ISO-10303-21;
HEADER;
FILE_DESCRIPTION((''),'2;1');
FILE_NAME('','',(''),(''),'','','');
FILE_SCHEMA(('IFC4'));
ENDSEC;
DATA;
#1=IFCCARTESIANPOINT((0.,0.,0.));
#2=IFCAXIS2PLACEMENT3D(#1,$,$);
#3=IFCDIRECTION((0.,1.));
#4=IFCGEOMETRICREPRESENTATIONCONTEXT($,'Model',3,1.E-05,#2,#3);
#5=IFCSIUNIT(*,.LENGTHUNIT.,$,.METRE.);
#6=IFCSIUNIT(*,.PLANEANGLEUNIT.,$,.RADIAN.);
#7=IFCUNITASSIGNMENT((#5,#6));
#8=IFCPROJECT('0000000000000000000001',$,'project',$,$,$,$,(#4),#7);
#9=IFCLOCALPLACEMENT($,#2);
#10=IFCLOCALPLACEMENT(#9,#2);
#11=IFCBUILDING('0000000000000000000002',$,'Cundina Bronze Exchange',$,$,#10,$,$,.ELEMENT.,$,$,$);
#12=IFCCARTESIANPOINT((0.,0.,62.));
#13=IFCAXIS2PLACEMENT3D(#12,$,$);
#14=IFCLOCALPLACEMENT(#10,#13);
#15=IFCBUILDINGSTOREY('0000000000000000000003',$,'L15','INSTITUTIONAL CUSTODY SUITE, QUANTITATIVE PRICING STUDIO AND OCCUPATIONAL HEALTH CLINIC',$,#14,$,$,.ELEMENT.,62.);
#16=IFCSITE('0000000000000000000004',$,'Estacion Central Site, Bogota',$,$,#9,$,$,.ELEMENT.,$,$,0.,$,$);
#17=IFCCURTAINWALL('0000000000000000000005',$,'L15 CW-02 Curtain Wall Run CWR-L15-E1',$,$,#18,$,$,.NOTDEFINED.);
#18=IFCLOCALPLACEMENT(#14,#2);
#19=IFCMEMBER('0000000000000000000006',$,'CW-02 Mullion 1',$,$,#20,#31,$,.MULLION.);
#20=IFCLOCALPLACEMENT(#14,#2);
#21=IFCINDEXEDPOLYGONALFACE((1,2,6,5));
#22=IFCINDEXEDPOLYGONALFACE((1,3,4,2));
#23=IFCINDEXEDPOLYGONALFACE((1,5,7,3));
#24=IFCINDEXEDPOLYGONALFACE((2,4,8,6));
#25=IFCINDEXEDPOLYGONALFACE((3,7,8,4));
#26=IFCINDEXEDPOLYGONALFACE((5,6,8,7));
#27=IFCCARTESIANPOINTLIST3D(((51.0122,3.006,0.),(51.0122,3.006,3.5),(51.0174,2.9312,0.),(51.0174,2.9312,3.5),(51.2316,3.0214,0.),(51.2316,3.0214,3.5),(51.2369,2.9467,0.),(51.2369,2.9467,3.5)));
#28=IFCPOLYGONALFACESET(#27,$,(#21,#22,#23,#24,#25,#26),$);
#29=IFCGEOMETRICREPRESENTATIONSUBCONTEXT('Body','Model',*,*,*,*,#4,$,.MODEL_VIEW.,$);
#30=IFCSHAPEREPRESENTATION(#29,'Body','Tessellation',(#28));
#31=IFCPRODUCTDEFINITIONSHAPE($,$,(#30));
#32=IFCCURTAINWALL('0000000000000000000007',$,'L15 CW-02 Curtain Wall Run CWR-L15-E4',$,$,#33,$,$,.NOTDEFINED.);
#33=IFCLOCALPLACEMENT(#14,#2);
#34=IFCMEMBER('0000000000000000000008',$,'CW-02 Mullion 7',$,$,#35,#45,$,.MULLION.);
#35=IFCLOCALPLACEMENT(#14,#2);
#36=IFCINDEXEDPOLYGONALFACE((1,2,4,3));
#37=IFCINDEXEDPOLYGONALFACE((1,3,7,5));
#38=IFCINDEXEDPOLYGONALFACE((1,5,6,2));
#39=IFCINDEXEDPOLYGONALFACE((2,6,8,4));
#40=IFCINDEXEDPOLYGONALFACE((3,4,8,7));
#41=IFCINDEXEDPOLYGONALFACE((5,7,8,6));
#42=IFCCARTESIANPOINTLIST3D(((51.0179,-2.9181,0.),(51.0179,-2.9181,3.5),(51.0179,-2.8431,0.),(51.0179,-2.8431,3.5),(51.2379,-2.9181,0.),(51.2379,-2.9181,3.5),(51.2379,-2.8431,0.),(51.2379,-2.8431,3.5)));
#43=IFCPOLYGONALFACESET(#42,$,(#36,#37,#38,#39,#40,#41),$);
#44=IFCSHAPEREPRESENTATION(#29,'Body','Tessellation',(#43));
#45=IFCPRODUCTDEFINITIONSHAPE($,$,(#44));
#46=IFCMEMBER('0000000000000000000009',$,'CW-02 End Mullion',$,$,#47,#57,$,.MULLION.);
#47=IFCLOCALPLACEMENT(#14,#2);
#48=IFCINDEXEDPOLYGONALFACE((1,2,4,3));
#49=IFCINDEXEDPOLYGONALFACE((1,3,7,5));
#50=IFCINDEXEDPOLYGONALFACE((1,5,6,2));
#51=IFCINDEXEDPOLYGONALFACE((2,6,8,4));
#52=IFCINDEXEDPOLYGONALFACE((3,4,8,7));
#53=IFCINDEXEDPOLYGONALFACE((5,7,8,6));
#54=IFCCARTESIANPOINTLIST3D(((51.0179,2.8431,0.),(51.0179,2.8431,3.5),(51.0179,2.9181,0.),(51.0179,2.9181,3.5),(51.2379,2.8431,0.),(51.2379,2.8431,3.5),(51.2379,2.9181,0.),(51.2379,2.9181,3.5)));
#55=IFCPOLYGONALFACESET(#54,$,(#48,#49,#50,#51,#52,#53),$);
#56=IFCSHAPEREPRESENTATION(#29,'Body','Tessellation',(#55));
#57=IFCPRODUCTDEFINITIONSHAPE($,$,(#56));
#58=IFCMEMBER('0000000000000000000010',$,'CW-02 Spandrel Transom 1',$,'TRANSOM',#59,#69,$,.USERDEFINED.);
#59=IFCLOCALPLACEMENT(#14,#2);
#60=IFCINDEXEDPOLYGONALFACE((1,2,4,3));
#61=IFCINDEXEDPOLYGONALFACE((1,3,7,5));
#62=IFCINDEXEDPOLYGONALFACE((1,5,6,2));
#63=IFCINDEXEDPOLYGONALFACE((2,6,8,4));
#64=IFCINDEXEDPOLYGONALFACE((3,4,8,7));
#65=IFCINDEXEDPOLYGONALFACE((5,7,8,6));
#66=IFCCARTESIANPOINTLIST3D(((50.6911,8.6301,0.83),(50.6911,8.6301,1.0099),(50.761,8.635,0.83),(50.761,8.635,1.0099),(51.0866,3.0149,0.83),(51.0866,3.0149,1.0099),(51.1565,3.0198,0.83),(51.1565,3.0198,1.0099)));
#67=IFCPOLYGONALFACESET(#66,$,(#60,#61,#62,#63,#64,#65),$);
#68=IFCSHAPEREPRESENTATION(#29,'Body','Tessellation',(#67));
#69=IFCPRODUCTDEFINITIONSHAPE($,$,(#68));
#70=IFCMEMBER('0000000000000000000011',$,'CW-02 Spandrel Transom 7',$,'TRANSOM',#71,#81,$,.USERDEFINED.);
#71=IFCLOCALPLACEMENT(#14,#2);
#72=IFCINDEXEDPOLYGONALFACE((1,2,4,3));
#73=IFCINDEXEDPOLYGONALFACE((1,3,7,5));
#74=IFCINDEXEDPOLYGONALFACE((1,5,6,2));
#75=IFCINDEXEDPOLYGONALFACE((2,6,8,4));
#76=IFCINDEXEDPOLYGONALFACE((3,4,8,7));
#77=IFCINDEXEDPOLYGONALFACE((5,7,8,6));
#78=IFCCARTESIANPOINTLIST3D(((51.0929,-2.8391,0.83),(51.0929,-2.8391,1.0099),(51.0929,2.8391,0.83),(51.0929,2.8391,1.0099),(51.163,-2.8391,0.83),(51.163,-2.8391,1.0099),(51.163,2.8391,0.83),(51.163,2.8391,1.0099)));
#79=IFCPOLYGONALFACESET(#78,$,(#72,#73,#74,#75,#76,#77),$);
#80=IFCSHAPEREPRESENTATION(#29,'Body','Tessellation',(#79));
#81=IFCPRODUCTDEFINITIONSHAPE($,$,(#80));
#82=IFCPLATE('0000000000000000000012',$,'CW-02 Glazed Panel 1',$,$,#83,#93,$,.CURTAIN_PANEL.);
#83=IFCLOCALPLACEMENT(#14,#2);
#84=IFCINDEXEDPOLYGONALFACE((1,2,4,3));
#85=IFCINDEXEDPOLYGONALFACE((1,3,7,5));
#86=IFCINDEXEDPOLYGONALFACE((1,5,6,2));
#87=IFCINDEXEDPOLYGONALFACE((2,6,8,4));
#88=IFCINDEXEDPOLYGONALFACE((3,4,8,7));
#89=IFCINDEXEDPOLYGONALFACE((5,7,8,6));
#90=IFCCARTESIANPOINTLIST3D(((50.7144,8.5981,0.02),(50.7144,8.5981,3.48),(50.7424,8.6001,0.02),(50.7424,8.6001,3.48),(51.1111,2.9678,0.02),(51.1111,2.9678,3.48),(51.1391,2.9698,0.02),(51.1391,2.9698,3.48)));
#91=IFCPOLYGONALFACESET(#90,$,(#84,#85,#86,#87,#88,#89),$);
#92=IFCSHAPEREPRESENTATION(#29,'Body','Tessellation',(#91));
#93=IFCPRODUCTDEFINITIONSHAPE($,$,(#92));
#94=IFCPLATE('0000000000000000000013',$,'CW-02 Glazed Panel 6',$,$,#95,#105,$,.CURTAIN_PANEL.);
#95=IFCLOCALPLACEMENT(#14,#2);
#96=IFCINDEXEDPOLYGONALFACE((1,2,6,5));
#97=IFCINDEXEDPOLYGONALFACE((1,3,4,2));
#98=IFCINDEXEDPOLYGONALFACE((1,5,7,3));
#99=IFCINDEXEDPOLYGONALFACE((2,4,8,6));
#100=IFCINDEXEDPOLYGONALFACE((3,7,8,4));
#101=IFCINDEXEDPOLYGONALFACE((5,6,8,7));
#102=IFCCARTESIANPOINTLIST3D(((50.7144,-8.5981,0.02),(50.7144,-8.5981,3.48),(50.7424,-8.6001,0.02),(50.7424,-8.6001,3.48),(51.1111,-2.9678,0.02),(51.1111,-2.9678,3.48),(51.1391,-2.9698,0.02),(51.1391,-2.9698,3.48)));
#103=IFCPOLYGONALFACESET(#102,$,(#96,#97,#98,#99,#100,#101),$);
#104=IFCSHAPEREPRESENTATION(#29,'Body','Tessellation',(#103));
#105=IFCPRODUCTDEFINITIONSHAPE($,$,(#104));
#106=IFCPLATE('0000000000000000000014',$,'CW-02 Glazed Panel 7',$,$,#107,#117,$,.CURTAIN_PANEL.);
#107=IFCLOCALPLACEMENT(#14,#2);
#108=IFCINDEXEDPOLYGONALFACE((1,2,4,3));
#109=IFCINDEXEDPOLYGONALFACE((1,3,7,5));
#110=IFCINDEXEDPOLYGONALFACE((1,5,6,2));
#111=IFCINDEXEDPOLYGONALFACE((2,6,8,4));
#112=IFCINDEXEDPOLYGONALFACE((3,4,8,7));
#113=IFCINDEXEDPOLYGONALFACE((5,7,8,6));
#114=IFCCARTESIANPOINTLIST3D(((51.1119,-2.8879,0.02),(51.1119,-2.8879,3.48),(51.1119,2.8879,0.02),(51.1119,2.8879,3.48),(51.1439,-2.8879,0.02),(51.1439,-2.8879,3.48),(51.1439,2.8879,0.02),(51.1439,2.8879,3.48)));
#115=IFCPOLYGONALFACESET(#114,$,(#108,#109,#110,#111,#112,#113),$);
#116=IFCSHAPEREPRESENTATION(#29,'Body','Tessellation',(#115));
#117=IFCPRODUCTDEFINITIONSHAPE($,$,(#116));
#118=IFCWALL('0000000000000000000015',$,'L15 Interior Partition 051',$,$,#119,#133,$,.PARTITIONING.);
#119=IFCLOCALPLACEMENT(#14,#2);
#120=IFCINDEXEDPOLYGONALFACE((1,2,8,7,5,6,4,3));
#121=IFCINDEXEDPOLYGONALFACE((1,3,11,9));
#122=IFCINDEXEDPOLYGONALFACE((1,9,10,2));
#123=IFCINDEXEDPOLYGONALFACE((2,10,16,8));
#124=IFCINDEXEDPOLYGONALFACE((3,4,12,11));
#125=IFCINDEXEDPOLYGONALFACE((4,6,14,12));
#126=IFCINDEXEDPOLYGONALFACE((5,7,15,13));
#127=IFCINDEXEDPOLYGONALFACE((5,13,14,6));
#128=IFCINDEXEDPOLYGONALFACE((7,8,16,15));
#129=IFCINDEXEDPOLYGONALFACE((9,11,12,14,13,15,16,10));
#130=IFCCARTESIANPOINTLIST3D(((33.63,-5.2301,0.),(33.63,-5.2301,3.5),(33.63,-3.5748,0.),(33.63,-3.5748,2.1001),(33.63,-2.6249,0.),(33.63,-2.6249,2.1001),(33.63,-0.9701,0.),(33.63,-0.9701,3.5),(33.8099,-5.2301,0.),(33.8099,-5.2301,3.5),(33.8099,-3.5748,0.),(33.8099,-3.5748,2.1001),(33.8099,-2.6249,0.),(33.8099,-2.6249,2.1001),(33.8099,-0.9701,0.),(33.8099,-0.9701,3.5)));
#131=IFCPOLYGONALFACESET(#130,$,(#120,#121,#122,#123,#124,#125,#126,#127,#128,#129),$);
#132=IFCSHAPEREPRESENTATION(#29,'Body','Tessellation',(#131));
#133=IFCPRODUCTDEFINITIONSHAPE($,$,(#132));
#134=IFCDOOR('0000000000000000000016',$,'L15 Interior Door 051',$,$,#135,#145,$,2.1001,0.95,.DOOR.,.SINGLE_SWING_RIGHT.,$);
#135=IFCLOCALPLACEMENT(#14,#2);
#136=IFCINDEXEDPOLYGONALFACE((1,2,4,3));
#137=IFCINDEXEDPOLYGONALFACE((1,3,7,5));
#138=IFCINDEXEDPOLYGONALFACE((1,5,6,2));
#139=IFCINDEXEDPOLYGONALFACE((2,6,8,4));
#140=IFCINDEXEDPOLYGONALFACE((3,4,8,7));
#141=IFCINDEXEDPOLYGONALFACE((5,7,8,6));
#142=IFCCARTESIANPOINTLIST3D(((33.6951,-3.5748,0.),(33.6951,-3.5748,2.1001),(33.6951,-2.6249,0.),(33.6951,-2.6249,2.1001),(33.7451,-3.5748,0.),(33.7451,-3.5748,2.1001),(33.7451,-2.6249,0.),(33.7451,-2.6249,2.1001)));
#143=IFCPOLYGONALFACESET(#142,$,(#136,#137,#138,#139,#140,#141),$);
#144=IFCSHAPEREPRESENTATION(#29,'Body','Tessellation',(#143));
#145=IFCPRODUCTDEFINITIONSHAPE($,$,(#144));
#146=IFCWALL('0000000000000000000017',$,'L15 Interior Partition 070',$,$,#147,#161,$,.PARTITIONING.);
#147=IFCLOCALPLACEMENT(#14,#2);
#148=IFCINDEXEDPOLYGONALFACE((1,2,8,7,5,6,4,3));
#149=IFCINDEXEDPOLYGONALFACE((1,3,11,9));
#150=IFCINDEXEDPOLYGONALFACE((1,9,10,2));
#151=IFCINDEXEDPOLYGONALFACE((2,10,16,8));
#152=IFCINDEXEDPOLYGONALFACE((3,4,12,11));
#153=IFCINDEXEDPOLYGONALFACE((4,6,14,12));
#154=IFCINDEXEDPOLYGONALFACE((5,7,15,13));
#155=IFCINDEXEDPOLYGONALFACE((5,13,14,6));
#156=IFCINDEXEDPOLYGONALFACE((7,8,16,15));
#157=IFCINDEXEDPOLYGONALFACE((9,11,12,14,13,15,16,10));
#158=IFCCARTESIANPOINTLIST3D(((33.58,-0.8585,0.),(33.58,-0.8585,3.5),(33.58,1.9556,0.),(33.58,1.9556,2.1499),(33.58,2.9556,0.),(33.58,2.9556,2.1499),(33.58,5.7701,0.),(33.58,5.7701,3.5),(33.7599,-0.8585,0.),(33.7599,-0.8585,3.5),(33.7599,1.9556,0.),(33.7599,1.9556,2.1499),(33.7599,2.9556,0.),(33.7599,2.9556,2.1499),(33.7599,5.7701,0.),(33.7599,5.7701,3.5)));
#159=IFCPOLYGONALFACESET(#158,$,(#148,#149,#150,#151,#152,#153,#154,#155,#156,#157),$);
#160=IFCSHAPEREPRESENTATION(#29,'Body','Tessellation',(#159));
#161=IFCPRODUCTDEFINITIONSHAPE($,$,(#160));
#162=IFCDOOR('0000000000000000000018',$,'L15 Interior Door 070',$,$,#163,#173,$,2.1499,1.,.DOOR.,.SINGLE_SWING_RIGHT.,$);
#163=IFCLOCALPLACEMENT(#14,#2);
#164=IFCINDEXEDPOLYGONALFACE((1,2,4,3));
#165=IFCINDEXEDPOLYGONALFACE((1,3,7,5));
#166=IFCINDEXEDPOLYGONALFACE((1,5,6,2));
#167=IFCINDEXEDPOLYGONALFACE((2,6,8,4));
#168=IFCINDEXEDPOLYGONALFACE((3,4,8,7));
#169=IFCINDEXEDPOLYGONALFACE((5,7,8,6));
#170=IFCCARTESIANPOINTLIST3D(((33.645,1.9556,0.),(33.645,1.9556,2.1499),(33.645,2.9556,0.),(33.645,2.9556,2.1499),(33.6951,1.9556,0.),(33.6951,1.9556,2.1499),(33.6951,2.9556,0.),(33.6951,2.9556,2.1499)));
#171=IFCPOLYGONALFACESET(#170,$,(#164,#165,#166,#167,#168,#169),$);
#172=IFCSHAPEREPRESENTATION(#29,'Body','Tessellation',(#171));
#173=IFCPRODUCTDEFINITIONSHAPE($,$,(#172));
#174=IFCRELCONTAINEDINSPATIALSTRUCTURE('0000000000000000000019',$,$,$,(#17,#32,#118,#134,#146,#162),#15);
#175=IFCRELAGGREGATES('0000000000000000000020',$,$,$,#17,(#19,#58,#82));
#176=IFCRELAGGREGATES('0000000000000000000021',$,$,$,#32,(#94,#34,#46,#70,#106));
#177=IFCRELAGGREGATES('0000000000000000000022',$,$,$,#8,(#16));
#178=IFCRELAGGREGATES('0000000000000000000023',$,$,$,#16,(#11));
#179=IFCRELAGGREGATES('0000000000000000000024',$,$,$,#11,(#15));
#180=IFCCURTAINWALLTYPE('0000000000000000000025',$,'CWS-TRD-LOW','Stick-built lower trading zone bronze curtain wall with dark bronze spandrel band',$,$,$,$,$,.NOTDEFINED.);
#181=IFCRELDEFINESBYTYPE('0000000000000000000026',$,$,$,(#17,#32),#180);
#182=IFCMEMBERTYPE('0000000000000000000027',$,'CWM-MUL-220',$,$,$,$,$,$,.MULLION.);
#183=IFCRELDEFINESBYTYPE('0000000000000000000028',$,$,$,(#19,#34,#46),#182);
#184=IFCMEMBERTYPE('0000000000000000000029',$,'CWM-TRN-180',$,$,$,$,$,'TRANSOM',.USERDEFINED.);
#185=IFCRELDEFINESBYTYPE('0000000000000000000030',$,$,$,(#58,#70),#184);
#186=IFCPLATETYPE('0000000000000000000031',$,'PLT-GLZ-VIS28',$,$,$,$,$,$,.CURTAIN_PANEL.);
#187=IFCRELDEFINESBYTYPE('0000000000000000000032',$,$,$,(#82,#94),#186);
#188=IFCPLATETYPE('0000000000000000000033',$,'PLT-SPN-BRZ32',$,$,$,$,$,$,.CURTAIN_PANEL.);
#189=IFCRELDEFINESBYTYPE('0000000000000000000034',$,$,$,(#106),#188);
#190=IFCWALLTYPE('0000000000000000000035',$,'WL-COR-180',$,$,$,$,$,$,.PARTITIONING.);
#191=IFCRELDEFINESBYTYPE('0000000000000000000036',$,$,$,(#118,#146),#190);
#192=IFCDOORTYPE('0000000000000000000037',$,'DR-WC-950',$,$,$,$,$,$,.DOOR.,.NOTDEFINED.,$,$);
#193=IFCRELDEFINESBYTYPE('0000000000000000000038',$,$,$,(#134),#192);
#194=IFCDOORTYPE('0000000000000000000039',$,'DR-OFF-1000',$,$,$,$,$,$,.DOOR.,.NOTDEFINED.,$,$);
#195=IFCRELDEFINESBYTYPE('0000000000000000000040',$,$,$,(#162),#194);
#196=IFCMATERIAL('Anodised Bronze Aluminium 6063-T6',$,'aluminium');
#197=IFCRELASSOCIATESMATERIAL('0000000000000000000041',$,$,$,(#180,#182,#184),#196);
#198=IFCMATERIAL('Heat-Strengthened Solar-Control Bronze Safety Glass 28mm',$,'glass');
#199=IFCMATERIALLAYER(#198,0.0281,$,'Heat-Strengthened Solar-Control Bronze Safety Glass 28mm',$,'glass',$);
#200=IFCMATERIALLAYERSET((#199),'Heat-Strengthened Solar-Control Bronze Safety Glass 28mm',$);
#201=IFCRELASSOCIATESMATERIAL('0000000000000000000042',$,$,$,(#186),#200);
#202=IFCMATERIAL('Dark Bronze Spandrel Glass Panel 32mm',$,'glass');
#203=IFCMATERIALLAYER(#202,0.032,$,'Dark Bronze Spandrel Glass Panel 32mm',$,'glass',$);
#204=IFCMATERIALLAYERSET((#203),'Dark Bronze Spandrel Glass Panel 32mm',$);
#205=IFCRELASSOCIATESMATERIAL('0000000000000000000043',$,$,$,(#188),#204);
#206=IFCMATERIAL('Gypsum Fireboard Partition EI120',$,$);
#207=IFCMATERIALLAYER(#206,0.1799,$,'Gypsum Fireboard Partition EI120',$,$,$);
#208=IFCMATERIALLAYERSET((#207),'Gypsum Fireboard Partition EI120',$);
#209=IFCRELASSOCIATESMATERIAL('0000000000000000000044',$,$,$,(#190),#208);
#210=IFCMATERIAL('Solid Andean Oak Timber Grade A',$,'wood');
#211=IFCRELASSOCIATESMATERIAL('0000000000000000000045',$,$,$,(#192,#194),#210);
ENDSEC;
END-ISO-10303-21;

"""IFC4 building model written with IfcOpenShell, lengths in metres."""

from ifc_helpers import new_model, si_unit, direction, frame, frame_2d, origin, origin_2d, place, context, subcontext, project, spatial, rectangle, extrude, material, layer, layer_set, material_profile, profile_set, type_object, element, fill, aggregate, save


model = new_model("IFC4")

# Units and contexts
model_context = context("Model", 3, precision=1e-05, world=origin(), true_north=direction((0.0, 1.0)))
body_context = subcontext(model_context, "Body", "Model", "MODEL_VIEW")
ifc_project = project(units=[si_unit("LENGTHUNIT", "METRE"), si_unit("PLANEANGLEUNIT", "RADIAN")], contexts=[model_context])

# Site, building, storey
site_placement = place(None, origin())
site = spatial("IfcSite", under=ifc_project, at=site_placement, Name="Estacion Central Site, Bogota", CompositionType="ELEMENT", RefElevation=0.0)
building_placement = place(site_placement, origin())
building = spatial("IfcBuilding", under=site, at=building_placement, Name="Cundina Bronze Exchange", CompositionType="ELEMENT")
storey_placement = place(building_placement, frame((0.0, 0.0, 62.0)))
storey = spatial("IfcBuildingStorey", under=building, at=storey_placement, Name="L15", Description="INSTITUTIONAL CUSTODY SUITE, QUANTITATIVE PRICING STUDIO AND OCCUPATIONAL HEALTH CLINIC", CompositionType="ELEMENT", Elevation=62.0)

# Curtain wall, member
ifc_material_1 = material(Name="Anodised Bronze Aluminium 6063-T6", Category="aluminium")
curtain_wall_type = type_object("IfcCurtainWallType", Name="CWS-TRD-LOW", Description="Stick-built lower trading zone bronze curtain wall with dark bronze spandrel band", PredefinedType="NOTDEFINED", material=ifc_material_1)
curtain_wall_1_placement = place(storey_placement, origin())
curtain_wall_1 = element("IfcCurtainWall", 1, at=curtain_wall_1_placement, inside=storey, type_object=curtain_wall_type, Name="L15 CW-02 Curtain Wall Run CWR-L15-E1", PredefinedType="NOTDEFINED")
ifc_material_profile_1 = material_profile(ifc_material_1, rectangle(XDim=0.075, YDim=0.22, at=origin_2d()), Name="AL75X220", Category="aluminium")
ifc_profile_set_1 = profile_set([ifc_material_profile_1], Name="Anodised Bronze Aluminium 6063-T6")
member_type_1 = type_object("IfcMemberType", Name="CWM-MUL-220", PredefinedType="MULLION", material=ifc_profile_set_1)
member_1_placement = place(storey_placement, frame((51.1245, 2.9763, 0.0), z_axis=(0.0, 0.0, 1.0), x_axis=(-0.070279, 0.997527, 0.0)))
member_1 = element("IfcMember", 2, at=member_1_placement, type_object=member_type_1, Name="CW-02 Mullion 1", PredefinedType="MULLION", context=body_context, shape_type="SweptSolid", body=[
    extrude(rectangle(XDim=0.075, YDim=0.22, at=origin_2d()), origin(), (0.0, 0.0, 1.0), 3.5),
])

# Curtain wall, members
curtain_wall_2_placement = place(storey_placement, origin())
curtain_wall_2 = element("IfcCurtainWall", 3, at=curtain_wall_2_placement, inside=storey, type_object=curtain_wall_type, Name="L15 CW-02 Curtain Wall Run CWR-L15-E4", PredefinedType="NOTDEFINED")
member_2_placement = place(storey_placement, frame((51.1279, -2.8806, 0.0), z_axis=(0.0, 0.0, 1.0), x_axis=(0.0, 1.0, 0.0)))
member_2 = element("IfcMember", 4, at=member_2_placement, type_object=member_type_1, Name="CW-02 Mullion 7", PredefinedType="MULLION", context=body_context, shape_type="SweptSolid", body=[
    extrude(rectangle(XDim=0.075, YDim=0.22, at=origin_2d()), origin(), (0.0, 0.0, 1.0), 3.5),
])
member_3_placement = place(storey_placement, frame((51.1279, 2.8806, 0.0), z_axis=(0.0, 0.0, 1.0), x_axis=(0.0, 1.0, 0.0)))
member_3 = element("IfcMember", 5, at=member_3_placement, type_object=member_type_1, Name="CW-02 End Mullion", PredefinedType="MULLION", context=body_context, shape_type="SweptSolid", body=[
    extrude(rectangle(XDim=0.075, YDim=0.22, at=origin_2d()), origin(), (0.0, 0.0, 1.0), 3.5),
])

# Members
ifc_material_profile_2 = material_profile(ifc_material_1, rectangle(XDim=0.0701, YDim=0.1799, at=origin_2d()), Name="AL70X180", Category="aluminium")
ifc_profile_set_2 = profile_set([ifc_material_profile_2], Name="Anodised Bronze Aluminium 6063-T6")
member_type_2 = type_object("IfcMemberType", Name="CWM-TRN-180", ElementType="TRANSOM", PredefinedType="USERDEFINED", material=ifc_profile_set_2)
member_4_placement = place(storey_placement, frame((51.1216, 3.0173, 0.9199), z_axis=(-0.070261, 0.997529, 0.0), x_axis=(-0.997529, -0.070261, 0.0)))
member_4 = element("IfcMember", 6, at=member_4_placement, type_object=member_type_2, Name="CW-02 Spandrel Transom 1", ObjectType="TRANSOM", PredefinedType="USERDEFINED", context=body_context, shape_type="SweptSolid", body=[
    extrude(rectangle(XDim=0.0701, YDim=0.1799, at=origin_2d()), origin(), (0.0, 0.0, 1.0), 5.6292),
])
member_5_placement = place(storey_placement, frame((51.1279, -2.8391, 0.9199), z_axis=(0.0, 1.0, 0.0), x_axis=(-1.0, 0.0, 0.0)))
member_5 = element("IfcMember", 7, at=member_5_placement, type_object=member_type_2, Name="CW-02 Spandrel Transom 7", ObjectType="TRANSOM", PredefinedType="USERDEFINED", context=body_context, shape_type="SweptSolid", body=[
    extrude(rectangle(XDim=0.0701, YDim=0.1799, at=origin_2d()), origin(), (0.0, 0.0, 1.0), 5.6782),
])

# Plates
ifc_material_2 = material(Name="Heat-Strengthened Solar-Control Bronze Safety Glass 28mm", Category="glass")
ifc_layer_1 = layer(ifc_material_2, 0.0281, Name="Heat-Strengthened Solar-Control Bronze Safety Glass 28mm", Category="glass")
ifc_layer_set_1 = layer_set([ifc_layer_1], Name="Heat-Strengthened Solar-Control Bronze Safety Glass 28mm")
plate_type_1 = type_object("IfcPlateType", Name="PLT-GLZ-VIS28", PredefinedType="CURTAIN_PANEL", material=ifc_layer_set_1)
plate_1_placement = place(storey_placement, frame((50.9268, 5.7839, 0.02), z_axis=(0.0, 0.0, 1.0), x_axis=(-0.070279, 0.997527, 0.0)))
plate_1 = element("IfcPlate", 8, at=plate_1_placement, type_object=plate_type_1, Name="CW-02 Glazed Panel 1", PredefinedType="CURTAIN_PANEL", context=body_context, shape_type="SweptSolid", body=[
    extrude(rectangle(XDim=5.6443, YDim=0.0281, at=origin_2d()), origin(), (0.0, 0.0, 1.0), 3.46),
])
aggregate(curtain_wall_1, [member_1, member_4, plate_1])
plate_2_placement = place(storey_placement, frame((50.9268, -5.7839, 0.02), z_axis=(0.0, 0.0, 1.0), x_axis=(0.070279, 0.997527, 0.0)))
plate_2 = element("IfcPlate", 9, at=plate_2_placement, type_object=plate_type_1, Name="CW-02 Glazed Panel 6", PredefinedType="CURTAIN_PANEL", context=body_context, shape_type="SweptSolid", body=[
    extrude(rectangle(XDim=5.6443, YDim=0.0281, at=origin_2d()), origin(), (0.0, 0.0, 1.0), 3.46),
])
ifc_material_3 = material(Name="Dark Bronze Spandrel Glass Panel 32mm", Category="glass")
ifc_layer_2 = layer(ifc_material_3, 0.032, Name="Dark Bronze Spandrel Glass Panel 32mm", Category="glass")
ifc_layer_set_2 = layer_set([ifc_layer_2], Name="Dark Bronze Spandrel Glass Panel 32mm")
plate_type_2 = type_object("IfcPlateType", Name="PLT-SPN-BRZ32", PredefinedType="CURTAIN_PANEL", material=ifc_layer_set_2)
plate_3_placement = place(storey_placement, frame((51.1279, 0.0, 0.02), z_axis=(0.0, 0.0, 1.0), x_axis=(0.0, 1.0, 0.0)))
plate_3 = element("IfcPlate", 10, at=plate_3_placement, type_object=plate_type_2, Name="CW-02 Glazed Panel 7", PredefinedType="CURTAIN_PANEL", context=body_context, shape_type="SweptSolid", body=[
    extrude(rectangle(XDim=5.7759, YDim=0.032, at=origin_2d()), origin(), (0.0, 0.0, 1.0), 3.46),
])
aggregate(curtain_wall_2, [plate_2, member_2, member_3, member_5, plate_3])

# Walls, openings, doors
ifc_material_4 = material(Name="Gypsum Fireboard Partition EI120")
ifc_layer_3 = layer(ifc_material_4, 0.1799, Name="Gypsum Fireboard Partition EI120")
ifc_layer_set_3 = layer_set([ifc_layer_3], Name="Gypsum Fireboard Partition EI120")
wall_type_1 = type_object("IfcWallType", Name="WL-COR-180", PredefinedType="PARTITIONING", material=ifc_layer_set_3)
wall_1_placement = place(storey_placement, frame((33.72, -5.23, 0.0), z_axis=(0.0, 0.0, 1.0), x_axis=(0.0, 1.0, 0.0)))
wall_1 = element("IfcWall", 11, at=wall_1_placement, inside=storey, type_object=wall_type_1, Name="L15 Interior Partition 051", PredefinedType="PARTITIONING", context=body_context, shape_type="SweptSolid", body=[
    extrude(rectangle(XDim=4.26, YDim=0.1799, at=frame_2d((2.1299, 0.0))), origin(), (0.0, 0.0, 1.0), 3.5),
])
opening_1_placement = place(wall_1_placement, frame((1.655, 0.0, 0.0)))
opening_1 = element("IfcOpeningElement", 12, at=opening_1_placement, cuts=wall_1, PredefinedType="OPENING", context=body_context, shape_type="SweptSolid", body=[
    extrude(rectangle(XDim=0.95, YDim=2.1001, at=frame_2d((0.4751, 1.05))), frame((0.0, 0.0999, 0.0), z_axis=(0.0, -1.0, 0.0), x_axis=(1.0, 0.0, 0.0)), (0.0, 0.0, 1.0), 0.2),
])
ifc_material_5 = material(Name="Solid Andean Oak Timber Grade A", Category="wood")
door_type_1 = type_object("IfcDoorType", Name="DR-WC-950", OperationType="NOTDEFINED", PredefinedType="DOOR", material=ifc_material_5)
door_1_placement = place(opening_1_placement, origin())
door_1 = element("IfcDoor", 13, at=door_1_placement, inside=storey, type_object=door_type_1, Name="L15 Interior Door 051", OperationType="SINGLE_SWING_RIGHT", OverallHeight=2.1001, OverallWidth=0.95, PredefinedType="DOOR", context=body_context, shape_type="SweptSolid", body=[
    extrude(rectangle(XDim=0.95, YDim=2.1001, at=frame_2d((0.4751, 1.05))), frame((0.0, 0.0249, 0.0), z_axis=(0.0, -1.0, 0.0), x_axis=(1.0, 0.0, 0.0)), (0.0, 0.0, 1.0), 0.05),
])
fill(opening_1, door_1)
wall_2_placement = place(storey_placement, frame((33.6699, -0.8586, 0.0), z_axis=(0.0, 0.0, 1.0), x_axis=(0.0, 1.0, 0.0)))
wall_2 = element("IfcWall", 14, at=wall_2_placement, inside=storey, type_object=wall_type_1, Name="L15 Interior Partition 070", PredefinedType="PARTITIONING", context=body_context, shape_type="SweptSolid", body=[
    extrude(rectangle(XDim=6.6287, YDim=0.1799, at=frame_2d((3.3145, 0.0))), origin(), (0.0, 0.0, 1.0), 3.5),
])
opening_2_placement = place(wall_2_placement, frame((2.8142, 0.0, 0.0)))
opening_2 = element("IfcOpeningElement", 15, at=opening_2_placement, cuts=wall_2, PredefinedType="OPENING", context=body_context, shape_type="SweptSolid", body=[
    extrude(rectangle(XDim=1.0, YDim=2.1499, at=frame_2d((0.5, 1.075))), frame((0.0, 0.0999, 0.0), z_axis=(0.0, -1.0, 0.0), x_axis=(1.0, 0.0, 0.0)), (0.0, 0.0, 1.0), 0.2),
])
door_type_2 = type_object("IfcDoorType", Name="DR-OFF-1000", OperationType="NOTDEFINED", PredefinedType="DOOR", material=ifc_material_5)
door_2_placement = place(opening_2_placement, origin())
door_2 = element("IfcDoor", 16, at=door_2_placement, inside=storey, type_object=door_type_2, Name="L15 Interior Door 070", OperationType="SINGLE_SWING_RIGHT", OverallHeight=2.1499, OverallWidth=1.0, PredefinedType="DOOR", context=body_context, shape_type="SweptSolid", body=[
    extrude(rectangle(XDim=1.0, YDim=2.1499, at=frame_2d((0.5, 1.075))), frame((0.0, 0.0249, 0.0), z_axis=(0.0, -1.0, 0.0), x_axis=(1.0, 0.0, 0.0)), (0.0, 0.0, 1.0), 0.05),
])
fill(opening_2, door_2)

save(model, "model.ifc")
